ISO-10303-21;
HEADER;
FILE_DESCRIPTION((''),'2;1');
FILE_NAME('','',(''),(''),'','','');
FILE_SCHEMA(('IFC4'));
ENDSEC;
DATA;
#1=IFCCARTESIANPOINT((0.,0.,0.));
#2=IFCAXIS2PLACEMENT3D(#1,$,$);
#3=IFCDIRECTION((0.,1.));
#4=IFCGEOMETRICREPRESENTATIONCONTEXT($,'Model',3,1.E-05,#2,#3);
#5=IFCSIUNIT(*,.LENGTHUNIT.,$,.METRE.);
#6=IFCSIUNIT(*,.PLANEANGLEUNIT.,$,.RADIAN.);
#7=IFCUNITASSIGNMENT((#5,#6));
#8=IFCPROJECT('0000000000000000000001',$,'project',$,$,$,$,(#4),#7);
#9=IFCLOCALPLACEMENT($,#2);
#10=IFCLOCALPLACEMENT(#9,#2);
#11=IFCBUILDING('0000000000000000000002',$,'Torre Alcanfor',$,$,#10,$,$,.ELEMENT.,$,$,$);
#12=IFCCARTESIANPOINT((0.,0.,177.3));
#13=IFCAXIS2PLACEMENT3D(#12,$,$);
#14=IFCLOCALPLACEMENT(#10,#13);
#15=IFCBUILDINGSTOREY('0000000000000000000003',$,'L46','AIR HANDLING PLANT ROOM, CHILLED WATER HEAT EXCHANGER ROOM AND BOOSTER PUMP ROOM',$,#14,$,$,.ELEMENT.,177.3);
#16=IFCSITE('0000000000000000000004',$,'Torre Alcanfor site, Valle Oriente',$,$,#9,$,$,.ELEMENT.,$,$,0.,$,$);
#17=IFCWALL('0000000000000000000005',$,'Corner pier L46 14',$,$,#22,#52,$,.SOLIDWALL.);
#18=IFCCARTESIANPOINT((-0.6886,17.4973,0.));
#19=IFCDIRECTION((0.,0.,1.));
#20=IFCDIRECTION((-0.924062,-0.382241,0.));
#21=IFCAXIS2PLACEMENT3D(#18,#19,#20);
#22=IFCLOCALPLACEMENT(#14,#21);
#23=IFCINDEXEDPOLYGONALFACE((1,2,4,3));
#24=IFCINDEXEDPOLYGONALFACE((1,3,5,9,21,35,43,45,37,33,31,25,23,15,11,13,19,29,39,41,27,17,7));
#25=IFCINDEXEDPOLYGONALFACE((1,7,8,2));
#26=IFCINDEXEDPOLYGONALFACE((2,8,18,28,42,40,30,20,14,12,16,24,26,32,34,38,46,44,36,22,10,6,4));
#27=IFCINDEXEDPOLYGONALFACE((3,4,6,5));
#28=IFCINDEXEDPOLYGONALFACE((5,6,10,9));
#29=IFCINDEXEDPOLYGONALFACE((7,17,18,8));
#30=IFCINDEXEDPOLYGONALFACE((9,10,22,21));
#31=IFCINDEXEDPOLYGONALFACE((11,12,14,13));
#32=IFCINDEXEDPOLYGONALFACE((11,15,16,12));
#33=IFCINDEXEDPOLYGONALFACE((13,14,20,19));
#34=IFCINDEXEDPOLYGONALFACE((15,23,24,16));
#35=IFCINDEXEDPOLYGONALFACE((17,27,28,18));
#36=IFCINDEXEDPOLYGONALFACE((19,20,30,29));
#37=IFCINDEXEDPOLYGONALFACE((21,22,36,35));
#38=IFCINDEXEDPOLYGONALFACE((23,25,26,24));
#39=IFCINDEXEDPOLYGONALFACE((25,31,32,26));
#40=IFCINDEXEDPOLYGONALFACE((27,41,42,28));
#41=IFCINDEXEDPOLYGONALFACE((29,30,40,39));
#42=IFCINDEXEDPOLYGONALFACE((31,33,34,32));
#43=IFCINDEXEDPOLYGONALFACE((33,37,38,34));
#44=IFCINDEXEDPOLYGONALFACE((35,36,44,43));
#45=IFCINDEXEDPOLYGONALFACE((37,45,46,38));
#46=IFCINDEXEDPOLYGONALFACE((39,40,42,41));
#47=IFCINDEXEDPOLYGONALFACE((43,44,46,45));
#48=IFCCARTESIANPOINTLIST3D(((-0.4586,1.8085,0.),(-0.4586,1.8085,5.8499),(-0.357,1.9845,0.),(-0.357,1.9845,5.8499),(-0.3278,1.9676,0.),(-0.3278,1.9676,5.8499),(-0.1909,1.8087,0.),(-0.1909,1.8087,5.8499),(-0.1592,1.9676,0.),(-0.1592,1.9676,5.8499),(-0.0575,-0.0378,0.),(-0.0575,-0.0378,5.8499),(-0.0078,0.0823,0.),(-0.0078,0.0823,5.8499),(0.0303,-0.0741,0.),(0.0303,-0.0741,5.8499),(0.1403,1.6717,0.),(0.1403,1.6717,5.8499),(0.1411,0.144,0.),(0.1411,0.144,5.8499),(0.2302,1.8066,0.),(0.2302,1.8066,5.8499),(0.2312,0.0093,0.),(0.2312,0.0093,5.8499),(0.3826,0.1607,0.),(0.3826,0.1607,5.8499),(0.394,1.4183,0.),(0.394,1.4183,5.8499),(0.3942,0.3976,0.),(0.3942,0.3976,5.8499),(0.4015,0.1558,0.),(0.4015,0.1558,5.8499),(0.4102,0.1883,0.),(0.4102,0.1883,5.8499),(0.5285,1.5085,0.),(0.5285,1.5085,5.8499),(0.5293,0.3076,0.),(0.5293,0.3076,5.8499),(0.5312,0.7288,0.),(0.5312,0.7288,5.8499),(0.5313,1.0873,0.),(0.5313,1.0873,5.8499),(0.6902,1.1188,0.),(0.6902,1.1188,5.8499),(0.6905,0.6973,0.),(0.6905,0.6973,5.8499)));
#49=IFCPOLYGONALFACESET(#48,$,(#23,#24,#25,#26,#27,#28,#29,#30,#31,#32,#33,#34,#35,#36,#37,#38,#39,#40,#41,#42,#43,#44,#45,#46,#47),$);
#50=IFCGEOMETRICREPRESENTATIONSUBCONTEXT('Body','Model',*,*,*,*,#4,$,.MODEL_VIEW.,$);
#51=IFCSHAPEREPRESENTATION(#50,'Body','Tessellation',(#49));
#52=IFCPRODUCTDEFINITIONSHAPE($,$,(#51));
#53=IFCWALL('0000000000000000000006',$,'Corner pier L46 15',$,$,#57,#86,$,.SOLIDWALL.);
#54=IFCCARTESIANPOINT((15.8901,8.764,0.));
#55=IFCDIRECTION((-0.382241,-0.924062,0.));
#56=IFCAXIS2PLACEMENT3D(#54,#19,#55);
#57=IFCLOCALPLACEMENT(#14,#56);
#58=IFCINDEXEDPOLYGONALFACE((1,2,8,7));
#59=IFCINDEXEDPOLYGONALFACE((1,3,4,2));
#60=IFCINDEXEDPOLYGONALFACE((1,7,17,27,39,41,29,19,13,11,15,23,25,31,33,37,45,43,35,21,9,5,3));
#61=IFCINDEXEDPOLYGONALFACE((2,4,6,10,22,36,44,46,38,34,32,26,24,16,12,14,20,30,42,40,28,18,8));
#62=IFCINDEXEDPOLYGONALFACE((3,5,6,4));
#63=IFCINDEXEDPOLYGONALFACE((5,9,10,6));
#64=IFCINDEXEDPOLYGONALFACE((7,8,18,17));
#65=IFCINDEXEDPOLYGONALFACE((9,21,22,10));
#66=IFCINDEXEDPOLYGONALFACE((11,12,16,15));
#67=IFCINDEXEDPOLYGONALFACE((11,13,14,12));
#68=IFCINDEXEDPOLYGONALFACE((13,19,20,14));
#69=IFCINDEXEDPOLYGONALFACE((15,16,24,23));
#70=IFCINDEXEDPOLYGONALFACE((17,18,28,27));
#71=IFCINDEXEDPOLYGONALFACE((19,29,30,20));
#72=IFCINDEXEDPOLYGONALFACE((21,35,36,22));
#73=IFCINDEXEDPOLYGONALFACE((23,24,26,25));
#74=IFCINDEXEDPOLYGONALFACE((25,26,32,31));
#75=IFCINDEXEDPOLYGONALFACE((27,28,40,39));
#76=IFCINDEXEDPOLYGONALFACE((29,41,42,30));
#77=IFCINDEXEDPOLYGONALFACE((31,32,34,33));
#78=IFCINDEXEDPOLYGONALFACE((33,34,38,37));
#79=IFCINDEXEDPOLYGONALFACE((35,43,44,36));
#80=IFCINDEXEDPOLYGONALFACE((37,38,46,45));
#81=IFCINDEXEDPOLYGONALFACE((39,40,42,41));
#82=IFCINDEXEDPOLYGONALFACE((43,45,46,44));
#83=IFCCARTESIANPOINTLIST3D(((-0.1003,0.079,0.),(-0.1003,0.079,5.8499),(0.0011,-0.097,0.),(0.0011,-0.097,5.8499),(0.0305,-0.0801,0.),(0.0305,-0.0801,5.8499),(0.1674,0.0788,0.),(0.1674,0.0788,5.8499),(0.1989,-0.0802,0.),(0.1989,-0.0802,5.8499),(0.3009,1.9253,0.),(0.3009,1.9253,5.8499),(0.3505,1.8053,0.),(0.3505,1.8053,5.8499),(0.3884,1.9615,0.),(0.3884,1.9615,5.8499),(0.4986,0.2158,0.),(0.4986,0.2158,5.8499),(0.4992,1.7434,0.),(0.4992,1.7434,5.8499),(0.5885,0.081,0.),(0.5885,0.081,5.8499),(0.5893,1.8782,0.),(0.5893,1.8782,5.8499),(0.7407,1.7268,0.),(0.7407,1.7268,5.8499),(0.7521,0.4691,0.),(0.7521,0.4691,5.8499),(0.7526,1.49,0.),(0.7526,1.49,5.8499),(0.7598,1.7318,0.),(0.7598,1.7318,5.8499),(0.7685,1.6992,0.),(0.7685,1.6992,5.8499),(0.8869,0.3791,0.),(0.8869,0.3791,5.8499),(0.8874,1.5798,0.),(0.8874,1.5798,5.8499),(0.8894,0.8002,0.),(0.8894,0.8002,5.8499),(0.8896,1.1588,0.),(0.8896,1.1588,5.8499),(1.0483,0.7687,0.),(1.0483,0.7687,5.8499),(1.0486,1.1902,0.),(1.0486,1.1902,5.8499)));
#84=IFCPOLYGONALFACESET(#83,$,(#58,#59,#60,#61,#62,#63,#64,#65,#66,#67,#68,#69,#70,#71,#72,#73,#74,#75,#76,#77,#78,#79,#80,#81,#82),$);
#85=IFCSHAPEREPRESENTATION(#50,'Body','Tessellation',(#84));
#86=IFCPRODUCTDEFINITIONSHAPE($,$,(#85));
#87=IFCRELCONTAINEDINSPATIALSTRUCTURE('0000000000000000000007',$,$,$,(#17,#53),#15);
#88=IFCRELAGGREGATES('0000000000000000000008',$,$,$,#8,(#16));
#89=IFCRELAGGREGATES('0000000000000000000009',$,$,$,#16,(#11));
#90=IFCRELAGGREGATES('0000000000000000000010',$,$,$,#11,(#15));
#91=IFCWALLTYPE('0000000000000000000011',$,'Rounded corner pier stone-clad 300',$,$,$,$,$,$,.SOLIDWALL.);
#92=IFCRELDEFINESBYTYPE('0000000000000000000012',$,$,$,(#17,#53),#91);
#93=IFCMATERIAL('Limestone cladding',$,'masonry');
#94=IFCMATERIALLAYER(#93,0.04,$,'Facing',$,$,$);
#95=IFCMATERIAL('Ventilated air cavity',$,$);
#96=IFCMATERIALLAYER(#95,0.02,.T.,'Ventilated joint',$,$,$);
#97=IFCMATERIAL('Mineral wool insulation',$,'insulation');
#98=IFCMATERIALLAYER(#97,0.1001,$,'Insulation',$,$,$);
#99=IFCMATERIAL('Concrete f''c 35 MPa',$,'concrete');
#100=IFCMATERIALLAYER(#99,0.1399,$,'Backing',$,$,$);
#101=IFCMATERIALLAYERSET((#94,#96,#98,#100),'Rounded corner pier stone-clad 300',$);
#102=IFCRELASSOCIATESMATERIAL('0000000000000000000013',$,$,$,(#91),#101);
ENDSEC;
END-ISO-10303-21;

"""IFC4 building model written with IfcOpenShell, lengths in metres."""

from ifc_helpers import new_model, si_unit, direction, frame, origin, place, context, subcontext, project, spatial, polyline, outline, extrude, material, layer, layer_set, type_object, element, save


model = new_model("IFC4")

# Units and contexts
model_context = context("Model", 3, precision=1e-05, world=origin(), true_north=direction((0.0, 1.0)))
body_context = subcontext(model_context, "Body", "Model", "MODEL_VIEW")
ifc_project = project(units=[si_unit("LENGTHUNIT", "METRE"), si_unit("PLANEANGLEUNIT", "RADIAN")], contexts=[model_context])

# Site, building, storey
site_placement = place(None, origin())
site = spatial("IfcSite", under=ifc_project, at=site_placement, Name="Torre Alcanfor site, Valle Oriente", CompositionType="ELEMENT", RefElevation=0.0)
building_placement = place(site_placement, origin())
building = spatial("IfcBuilding", under=site, at=building_placement, Name="Torre Alcanfor", CompositionType="ELEMENT")
storey_placement = place(building_placement, frame((0.0, 0.0, 177.3)))
storey = spatial("IfcBuildingStorey", under=building, at=storey_placement, Name="L46", Description="AIR HANDLING PLANT ROOM, CHILLED WATER HEAT EXCHANGER ROOM AND BOOSTER PUMP ROOM", CompositionType="ELEMENT", Elevation=177.3)

# Walls
ifc_material_1 = material(Name="Limestone cladding", Category="masonry")
ifc_material_2 = material(Name="Ventilated air cavity")
ifc_material_3 = material(Name="Mineral wool insulation", Category="insulation")
ifc_material_4 = material(Name="Concrete f'c 35 MPa", Category="concrete")
ifc_layer_1 = layer(ifc_material_1, 0.04, Name="Facing")
ifc_layer_2 = layer(ifc_material_2, 0.02, ventilated=True, Name="Ventilated joint")
ifc_layer_3 = layer(ifc_material_3, 0.1001, Name="Insulation")
ifc_layer_4 = layer(ifc_material_4, 0.1399, Name="Backing")
ifc_layer_set_1 = layer_set([ifc_layer_1, ifc_layer_2, ifc_layer_3, ifc_layer_4], Name="Rounded corner pier stone-clad 300")
wall_type_1 = type_object("IfcWallType", Name="Rounded corner pier stone-clad 300", PredefinedType="SOLIDWALL", material=ifc_layer_set_1)
wall_1_placement = place(storey_placement, frame((-0.6886, 17.4973, 0.0), z_axis=(0.0, 0.0, 1.0), x_axis=(-0.924062, -0.382241, 0.0)))
element("IfcWall", 1, at=wall_1_placement, inside=storey, type_object=wall_type_1, Name="Corner pier L46 14", PredefinedType="SOLIDWALL", context=body_context, shape_type="SweptSolid", body=[
    extrude(outline(polyline([(-0.357, 1.9845), (-0.4586, 1.8085), (-0.1909, 1.8087), (0.1403, 1.6717), (0.394, 1.4183), (0.5313, 1.0873), (0.5312, 0.7288), (0.3942, 0.3976), (0.1411, 0.144), (-0.0078, 0.0823), (-0.0575, -0.0378), (0.0303, -0.0741), (0.2312, 0.0093), (0.3826, 0.1607), (0.4015, 0.1558), (0.4102, 0.1883), (0.5293, 0.3076), (0.6905, 0.6973), (0.6902, 1.1188), (0.5285, 1.5085), (0.2302, 1.8066), (-0.1592, 1.9676), (-0.3278, 1.9676), (-0.357, 1.9845)])), origin(), (0.0, 0.0, 1.0), 5.8499),
])
wall_2_placement = place(storey_placement, frame((15.8901, 8.764, 0.0), z_axis=(0.0, 0.0, 1.0), x_axis=(-0.382241, -0.924062, 0.0)))
element("IfcWall", 2, at=wall_2_placement, inside=storey, type_object=wall_type_1, Name="Corner pier L46 15", PredefinedType="SOLIDWALL", context=body_context, shape_type="SweptSolid", body=[
    extrude(outline(polyline([(0.3505, 1.8053), (0.4992, 1.7434), (0.7526, 1.49), (0.8896, 1.1588), (0.8894, 0.8002), (0.7521, 0.4691), (0.4986, 0.2158), (0.1674, 0.0788), (-0.1003, 0.079), (0.0011, -0.097), (0.0305, -0.0801), (0.1989, -0.0802), (0.5885, 0.081), (0.8869, 0.3791), (1.0483, 0.7687), (1.0486, 1.1902), (0.8874, 1.5798), (0.7685, 1.6992), (0.7598, 1.7318), (0.7407, 1.7268), (0.5893, 1.8782), (0.3884, 1.9615), (0.3009, 1.9253), (0.3505, 1.8053)])), origin(), (0.0, 0.0, 1.0), 5.8499),
])

save(model, "model.ifc")
